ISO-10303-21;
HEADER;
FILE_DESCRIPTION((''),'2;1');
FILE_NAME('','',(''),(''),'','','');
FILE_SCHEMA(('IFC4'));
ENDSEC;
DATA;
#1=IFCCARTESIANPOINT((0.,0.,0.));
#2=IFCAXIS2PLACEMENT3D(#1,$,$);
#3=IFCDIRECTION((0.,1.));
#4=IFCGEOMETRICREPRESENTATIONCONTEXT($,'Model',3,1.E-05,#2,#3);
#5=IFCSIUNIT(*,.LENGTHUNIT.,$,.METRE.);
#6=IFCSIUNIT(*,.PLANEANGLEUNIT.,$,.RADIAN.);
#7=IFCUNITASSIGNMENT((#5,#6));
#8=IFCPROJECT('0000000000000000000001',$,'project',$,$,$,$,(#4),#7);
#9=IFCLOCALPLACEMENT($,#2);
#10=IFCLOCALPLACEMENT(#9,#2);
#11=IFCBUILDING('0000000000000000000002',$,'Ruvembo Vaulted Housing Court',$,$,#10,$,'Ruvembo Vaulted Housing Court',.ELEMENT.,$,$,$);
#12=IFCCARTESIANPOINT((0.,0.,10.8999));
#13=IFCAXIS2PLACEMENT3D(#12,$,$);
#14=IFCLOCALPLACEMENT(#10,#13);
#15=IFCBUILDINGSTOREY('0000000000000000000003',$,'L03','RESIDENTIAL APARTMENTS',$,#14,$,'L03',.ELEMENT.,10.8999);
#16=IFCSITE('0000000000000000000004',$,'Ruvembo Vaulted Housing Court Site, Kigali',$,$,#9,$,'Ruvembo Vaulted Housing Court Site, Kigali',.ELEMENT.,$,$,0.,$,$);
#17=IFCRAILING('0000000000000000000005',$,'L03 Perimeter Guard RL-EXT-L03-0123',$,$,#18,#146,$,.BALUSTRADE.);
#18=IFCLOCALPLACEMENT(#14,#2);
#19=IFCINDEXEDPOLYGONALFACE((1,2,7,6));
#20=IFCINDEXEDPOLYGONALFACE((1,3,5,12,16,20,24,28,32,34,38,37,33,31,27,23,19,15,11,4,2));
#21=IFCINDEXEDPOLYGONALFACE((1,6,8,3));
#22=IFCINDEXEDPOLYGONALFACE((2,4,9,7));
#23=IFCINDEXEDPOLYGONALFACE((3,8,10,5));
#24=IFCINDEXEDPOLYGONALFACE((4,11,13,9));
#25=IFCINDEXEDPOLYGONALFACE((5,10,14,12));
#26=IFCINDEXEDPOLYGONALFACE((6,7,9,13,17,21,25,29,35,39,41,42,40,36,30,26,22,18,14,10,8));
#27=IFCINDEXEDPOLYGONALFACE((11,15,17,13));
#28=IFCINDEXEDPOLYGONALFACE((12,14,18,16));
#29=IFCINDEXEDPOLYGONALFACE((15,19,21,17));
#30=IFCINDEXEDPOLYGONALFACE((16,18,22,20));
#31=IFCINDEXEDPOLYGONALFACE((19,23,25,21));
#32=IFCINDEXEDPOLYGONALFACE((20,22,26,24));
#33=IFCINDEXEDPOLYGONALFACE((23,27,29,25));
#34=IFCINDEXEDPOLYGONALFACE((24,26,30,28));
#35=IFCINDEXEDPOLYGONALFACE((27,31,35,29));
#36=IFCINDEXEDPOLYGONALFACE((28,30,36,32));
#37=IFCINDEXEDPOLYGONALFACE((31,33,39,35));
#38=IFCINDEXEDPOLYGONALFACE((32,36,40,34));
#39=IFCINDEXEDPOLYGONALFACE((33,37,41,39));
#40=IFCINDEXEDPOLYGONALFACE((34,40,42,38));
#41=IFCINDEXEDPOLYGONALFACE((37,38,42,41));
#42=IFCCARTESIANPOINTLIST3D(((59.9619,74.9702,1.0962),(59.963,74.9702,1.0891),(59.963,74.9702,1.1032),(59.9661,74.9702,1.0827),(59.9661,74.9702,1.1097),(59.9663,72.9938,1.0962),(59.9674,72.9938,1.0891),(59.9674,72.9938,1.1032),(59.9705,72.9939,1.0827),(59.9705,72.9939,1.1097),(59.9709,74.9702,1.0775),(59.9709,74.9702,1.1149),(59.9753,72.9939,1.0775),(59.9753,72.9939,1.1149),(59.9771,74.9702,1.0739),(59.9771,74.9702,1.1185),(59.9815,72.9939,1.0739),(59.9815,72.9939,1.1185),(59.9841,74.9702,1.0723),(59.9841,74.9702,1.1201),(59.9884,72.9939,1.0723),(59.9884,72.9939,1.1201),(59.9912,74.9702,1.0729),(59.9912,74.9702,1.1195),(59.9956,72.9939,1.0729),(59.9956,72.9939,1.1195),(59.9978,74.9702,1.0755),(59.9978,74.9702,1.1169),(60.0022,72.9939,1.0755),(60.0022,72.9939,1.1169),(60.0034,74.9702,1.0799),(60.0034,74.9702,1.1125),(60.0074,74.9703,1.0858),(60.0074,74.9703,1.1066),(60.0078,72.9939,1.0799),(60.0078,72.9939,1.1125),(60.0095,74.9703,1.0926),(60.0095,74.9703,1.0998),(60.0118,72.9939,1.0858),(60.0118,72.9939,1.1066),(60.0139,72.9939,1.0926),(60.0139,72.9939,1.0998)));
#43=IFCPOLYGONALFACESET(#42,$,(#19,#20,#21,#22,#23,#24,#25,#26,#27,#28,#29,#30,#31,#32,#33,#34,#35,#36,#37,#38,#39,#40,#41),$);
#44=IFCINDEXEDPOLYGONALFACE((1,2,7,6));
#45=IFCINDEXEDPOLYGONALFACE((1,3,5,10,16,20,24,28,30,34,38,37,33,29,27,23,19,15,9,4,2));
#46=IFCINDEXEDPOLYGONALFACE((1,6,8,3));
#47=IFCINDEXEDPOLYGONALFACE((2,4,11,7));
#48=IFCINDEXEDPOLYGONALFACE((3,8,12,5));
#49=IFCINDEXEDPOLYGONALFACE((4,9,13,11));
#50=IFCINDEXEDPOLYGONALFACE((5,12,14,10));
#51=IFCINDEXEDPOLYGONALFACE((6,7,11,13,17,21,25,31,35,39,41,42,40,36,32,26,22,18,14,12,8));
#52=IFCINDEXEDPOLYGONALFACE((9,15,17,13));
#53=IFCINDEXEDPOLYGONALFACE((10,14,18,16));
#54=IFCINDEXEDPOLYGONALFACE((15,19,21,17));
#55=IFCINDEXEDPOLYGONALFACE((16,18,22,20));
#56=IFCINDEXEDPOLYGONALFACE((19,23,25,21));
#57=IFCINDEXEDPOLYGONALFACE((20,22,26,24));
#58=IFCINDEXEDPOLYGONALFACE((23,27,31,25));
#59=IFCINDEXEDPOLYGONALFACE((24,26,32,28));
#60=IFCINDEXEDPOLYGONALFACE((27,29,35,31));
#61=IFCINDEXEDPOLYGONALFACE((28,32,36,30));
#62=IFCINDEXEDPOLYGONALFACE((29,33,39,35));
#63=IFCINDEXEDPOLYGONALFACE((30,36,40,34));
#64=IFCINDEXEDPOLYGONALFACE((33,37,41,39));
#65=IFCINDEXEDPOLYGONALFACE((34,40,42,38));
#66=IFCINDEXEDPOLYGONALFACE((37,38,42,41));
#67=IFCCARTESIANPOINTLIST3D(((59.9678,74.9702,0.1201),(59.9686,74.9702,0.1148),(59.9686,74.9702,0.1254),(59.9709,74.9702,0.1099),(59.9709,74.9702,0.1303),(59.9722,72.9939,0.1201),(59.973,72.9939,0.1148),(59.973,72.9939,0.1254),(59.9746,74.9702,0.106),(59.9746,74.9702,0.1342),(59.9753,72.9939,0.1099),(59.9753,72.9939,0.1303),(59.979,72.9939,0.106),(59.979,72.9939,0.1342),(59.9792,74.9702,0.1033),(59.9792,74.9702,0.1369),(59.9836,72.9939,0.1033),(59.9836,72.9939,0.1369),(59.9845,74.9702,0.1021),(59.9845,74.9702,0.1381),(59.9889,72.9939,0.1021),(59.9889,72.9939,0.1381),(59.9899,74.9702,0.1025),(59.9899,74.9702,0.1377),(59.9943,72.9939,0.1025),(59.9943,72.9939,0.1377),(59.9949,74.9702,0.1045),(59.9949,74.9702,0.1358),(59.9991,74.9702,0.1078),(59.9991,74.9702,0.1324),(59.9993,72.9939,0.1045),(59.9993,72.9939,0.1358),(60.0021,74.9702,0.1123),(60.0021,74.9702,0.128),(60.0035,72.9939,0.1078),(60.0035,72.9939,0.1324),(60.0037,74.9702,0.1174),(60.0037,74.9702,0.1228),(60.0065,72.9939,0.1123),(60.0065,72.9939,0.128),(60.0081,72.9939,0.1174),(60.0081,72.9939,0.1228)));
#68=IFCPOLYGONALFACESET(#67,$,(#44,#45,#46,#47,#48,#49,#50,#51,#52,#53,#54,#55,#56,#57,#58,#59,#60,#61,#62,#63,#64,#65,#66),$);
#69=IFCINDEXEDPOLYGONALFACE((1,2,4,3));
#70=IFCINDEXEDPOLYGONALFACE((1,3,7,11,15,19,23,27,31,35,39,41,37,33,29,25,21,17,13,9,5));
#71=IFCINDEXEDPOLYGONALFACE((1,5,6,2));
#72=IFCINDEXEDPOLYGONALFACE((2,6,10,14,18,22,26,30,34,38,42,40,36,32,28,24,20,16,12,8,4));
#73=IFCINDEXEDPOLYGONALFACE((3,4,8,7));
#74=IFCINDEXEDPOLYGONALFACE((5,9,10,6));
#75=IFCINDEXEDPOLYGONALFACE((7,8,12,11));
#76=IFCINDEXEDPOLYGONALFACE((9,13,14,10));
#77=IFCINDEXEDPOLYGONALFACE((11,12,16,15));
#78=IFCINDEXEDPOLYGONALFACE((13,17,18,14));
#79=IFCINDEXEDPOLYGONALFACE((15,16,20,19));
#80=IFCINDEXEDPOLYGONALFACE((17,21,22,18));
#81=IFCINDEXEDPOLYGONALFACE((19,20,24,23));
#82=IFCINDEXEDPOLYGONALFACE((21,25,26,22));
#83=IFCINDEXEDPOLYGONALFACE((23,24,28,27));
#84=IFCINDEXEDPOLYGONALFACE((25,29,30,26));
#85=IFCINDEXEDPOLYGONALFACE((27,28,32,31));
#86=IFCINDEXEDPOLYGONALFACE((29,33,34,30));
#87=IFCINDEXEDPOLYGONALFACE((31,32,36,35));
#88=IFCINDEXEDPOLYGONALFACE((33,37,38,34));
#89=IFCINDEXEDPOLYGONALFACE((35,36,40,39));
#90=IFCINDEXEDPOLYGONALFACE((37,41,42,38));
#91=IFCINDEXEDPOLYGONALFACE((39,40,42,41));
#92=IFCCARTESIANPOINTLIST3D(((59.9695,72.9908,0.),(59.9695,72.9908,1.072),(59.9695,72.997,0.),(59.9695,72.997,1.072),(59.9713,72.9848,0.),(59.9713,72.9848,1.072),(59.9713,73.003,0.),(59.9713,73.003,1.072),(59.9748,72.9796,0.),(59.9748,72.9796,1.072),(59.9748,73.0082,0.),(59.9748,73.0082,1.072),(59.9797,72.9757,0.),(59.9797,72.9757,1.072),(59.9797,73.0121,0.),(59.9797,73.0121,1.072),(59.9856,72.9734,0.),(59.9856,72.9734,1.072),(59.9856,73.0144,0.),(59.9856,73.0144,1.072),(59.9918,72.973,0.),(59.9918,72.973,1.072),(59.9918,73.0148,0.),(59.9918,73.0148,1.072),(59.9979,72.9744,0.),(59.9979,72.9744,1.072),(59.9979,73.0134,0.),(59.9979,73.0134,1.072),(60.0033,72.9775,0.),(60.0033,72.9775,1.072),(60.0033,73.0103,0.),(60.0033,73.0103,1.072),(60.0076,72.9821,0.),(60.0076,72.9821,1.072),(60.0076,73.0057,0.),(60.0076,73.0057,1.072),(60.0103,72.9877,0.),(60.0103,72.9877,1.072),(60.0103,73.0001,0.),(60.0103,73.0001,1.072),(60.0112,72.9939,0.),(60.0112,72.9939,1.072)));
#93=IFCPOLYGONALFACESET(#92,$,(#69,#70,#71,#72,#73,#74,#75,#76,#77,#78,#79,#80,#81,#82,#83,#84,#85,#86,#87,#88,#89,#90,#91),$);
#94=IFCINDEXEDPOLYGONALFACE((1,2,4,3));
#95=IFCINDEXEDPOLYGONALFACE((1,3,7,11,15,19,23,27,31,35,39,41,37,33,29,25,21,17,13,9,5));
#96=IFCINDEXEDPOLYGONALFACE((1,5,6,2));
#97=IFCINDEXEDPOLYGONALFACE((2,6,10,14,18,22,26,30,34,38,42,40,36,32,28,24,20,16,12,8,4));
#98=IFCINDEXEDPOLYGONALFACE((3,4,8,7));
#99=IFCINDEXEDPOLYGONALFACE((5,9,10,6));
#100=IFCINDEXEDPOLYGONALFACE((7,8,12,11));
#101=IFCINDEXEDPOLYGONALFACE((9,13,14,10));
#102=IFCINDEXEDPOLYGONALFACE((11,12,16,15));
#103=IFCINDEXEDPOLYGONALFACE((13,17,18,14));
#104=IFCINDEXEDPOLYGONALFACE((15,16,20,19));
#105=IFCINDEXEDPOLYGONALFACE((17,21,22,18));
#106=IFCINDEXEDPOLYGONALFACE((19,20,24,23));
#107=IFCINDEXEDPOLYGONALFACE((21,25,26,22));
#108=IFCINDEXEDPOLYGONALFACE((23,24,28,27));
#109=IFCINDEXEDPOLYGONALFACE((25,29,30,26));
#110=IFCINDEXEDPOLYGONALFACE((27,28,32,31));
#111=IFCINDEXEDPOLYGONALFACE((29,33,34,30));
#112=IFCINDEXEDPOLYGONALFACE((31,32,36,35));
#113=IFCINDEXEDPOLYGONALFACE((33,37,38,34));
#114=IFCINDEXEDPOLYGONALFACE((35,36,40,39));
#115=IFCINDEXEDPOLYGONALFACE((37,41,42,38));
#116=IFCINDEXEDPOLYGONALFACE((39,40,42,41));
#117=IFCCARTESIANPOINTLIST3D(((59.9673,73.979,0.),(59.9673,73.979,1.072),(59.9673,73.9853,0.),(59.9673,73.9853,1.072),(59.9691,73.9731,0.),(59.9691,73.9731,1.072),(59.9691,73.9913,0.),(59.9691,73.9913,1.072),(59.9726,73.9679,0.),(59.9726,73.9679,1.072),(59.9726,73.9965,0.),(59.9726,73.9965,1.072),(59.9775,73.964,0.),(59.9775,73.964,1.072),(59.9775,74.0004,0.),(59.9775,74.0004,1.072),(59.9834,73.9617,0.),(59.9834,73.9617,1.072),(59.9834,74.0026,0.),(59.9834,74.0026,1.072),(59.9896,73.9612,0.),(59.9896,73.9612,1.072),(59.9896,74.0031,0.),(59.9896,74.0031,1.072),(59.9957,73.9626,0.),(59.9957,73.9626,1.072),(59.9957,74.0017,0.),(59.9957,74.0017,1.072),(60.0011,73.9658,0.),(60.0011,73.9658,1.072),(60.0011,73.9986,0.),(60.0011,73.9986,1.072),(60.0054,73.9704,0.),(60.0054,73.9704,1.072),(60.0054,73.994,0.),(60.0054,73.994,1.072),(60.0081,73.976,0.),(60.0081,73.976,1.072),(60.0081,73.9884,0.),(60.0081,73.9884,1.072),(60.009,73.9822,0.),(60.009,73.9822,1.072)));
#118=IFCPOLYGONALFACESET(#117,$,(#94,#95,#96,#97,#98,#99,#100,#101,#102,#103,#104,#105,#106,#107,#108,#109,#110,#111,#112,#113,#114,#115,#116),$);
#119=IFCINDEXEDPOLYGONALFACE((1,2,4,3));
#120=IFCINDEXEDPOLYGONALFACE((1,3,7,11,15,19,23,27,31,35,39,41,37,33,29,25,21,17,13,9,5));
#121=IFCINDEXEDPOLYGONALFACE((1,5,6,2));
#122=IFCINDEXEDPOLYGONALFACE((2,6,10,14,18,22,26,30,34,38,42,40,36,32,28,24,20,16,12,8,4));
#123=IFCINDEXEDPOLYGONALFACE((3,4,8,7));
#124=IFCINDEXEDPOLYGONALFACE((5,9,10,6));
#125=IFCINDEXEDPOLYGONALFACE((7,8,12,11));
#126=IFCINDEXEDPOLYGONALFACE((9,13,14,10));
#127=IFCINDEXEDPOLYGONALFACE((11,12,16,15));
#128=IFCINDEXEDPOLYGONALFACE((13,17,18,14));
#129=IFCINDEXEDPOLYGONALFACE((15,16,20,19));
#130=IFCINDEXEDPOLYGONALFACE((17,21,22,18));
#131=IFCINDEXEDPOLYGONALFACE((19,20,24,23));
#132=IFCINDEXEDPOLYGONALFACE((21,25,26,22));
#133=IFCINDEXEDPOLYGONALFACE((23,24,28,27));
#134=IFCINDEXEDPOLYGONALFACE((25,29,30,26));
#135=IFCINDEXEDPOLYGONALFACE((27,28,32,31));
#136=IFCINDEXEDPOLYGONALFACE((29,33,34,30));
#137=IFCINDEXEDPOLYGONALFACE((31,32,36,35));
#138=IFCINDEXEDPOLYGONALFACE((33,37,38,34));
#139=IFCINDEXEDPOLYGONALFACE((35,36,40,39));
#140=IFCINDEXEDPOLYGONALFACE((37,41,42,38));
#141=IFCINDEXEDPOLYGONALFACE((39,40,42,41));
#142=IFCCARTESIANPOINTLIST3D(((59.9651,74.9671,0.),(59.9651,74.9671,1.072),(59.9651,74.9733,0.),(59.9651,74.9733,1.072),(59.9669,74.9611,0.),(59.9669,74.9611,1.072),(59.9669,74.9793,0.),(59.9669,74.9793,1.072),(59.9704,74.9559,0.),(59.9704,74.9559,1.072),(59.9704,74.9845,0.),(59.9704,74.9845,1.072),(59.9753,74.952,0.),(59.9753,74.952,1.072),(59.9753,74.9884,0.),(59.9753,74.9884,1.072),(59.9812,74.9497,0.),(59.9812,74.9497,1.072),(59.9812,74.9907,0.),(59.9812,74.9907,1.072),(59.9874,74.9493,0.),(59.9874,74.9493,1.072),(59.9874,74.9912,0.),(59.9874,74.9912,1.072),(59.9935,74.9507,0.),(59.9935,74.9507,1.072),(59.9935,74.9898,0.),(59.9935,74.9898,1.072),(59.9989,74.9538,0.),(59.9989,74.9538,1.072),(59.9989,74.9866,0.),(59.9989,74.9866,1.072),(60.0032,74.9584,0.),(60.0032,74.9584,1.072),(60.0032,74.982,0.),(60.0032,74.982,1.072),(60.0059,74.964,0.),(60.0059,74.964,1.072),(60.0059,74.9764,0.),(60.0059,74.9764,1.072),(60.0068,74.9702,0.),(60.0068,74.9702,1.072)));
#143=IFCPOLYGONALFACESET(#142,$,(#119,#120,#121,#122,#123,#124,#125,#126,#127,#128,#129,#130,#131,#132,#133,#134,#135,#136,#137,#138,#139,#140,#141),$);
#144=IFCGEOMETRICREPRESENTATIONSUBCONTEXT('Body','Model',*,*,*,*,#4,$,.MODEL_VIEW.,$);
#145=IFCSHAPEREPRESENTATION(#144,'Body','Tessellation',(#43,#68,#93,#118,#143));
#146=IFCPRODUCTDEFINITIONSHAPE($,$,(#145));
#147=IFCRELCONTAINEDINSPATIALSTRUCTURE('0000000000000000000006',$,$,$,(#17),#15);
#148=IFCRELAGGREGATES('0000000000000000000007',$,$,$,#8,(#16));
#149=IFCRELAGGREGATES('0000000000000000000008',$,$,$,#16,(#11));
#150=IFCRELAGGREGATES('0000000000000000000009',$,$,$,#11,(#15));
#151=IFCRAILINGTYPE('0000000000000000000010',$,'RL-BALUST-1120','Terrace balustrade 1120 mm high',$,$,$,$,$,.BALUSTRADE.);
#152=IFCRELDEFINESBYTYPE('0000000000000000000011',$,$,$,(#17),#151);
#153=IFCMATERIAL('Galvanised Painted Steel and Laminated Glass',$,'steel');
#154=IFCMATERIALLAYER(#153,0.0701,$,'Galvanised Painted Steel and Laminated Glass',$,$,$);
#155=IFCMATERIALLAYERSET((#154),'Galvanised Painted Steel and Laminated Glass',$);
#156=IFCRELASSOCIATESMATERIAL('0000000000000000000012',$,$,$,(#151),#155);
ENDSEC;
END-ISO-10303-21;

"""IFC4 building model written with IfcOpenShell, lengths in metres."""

from ifc_helpers import new_model, si_unit, direction, frame, origin, origin_2d, place, context, subcontext, project, spatial, circle, extrude, material, layer, layer_set, type_object, element, save


model = new_model("IFC4")

# Units and contexts
model_context = context("Model", 3, precision=1e-05, world=origin(), true_north=direction((0.0, 1.0)))
body_context = subcontext(model_context, "Body", "Model", "MODEL_VIEW")
ifc_project = project(units=[si_unit("LENGTHUNIT", "METRE"), si_unit("PLANEANGLEUNIT", "RADIAN")], contexts=[model_context])

# Site, building, storey
site_placement = place(None, origin())
site = spatial("IfcSite", under=ifc_project, at=site_placement, Name="Ruvembo Vaulted Housing Court Site, Kigali", LongName="Ruvembo Vaulted Housing Court Site, Kigali", CompositionType="ELEMENT", RefElevation=0.0)
building_placement = place(site_placement, origin())
building = spatial("IfcBuilding", under=site, at=building_placement, Name="Ruvembo Vaulted Housing Court", LongName="Ruvembo Vaulted Housing Court", CompositionType="ELEMENT")
storey_placement = place(building_placement, frame((0.0, 0.0, 10.8999)))
storey = spatial("IfcBuildingStorey", under=building, at=storey_placement, Name="L03", Description="RESIDENTIAL APARTMENTS", LongName="L03", CompositionType="ELEMENT", Elevation=10.8999)

# Railing
ifc_material_1 = material(Name="Galvanised Painted Steel and Laminated Glass", Category="steel")
ifc_layer_1 = layer(ifc_material_1, 0.0701, Name="Galvanised Painted Steel and Laminated Glass")
ifc_layer_set_1 = layer_set([ifc_layer_1], Name="Galvanised Painted Steel and Laminated Glass")
railing_type = type_object("IfcRailingType", Name="RL-BALUST-1120", Description="Terrace balustrade 1120 mm high", PredefinedType="BALUSTRADE", material=ifc_layer_set_1)
railing_placement = place(storey_placement, frame((59.9902, 72.9939, 0.0)))
element("IfcRailing", 1, at=railing_placement, inside=storey, type_object=railing_type, Name="L03 Perimeter Guard RL-EXT-L03-0123", PredefinedType="BALUSTRADE", context=body_context, shape_type="SweptSolid", body=[
    extrude(circle(Radius=0.0239, at=origin_2d()), frame((0.0, 0.0, 1.0962), z_axis=(-0.002224, 0.999998, 0.0), x_axis=(-0.999998, -0.002224, 0.0)), (0.0, 0.0, 1.0), 1.9763),
    extrude(circle(Radius=0.0181, at=origin_2d()), frame((0.0, 0.0, 0.1201), z_axis=(-0.002224, 0.999998, 0.0), x_axis=(-0.999998, -0.002224, 0.0)), (0.0, 0.0, 1.0), 1.9763),
    extrude(circle(Radius=0.021, at=origin_2d()), origin(), (0.0, 0.0, 1.0), 1.072),
    extrude(circle(Radius=0.021, at=origin_2d()), frame((-0.0022, 0.9883, 0.0)), (0.0, 0.0, 1.0), 1.072),
    extrude(circle(Radius=0.021, at=origin_2d()), frame((-0.0044, 1.9763, 0.0)), (0.0, 0.0, 1.0), 1.072),
])

save(model, "model.ifc")
